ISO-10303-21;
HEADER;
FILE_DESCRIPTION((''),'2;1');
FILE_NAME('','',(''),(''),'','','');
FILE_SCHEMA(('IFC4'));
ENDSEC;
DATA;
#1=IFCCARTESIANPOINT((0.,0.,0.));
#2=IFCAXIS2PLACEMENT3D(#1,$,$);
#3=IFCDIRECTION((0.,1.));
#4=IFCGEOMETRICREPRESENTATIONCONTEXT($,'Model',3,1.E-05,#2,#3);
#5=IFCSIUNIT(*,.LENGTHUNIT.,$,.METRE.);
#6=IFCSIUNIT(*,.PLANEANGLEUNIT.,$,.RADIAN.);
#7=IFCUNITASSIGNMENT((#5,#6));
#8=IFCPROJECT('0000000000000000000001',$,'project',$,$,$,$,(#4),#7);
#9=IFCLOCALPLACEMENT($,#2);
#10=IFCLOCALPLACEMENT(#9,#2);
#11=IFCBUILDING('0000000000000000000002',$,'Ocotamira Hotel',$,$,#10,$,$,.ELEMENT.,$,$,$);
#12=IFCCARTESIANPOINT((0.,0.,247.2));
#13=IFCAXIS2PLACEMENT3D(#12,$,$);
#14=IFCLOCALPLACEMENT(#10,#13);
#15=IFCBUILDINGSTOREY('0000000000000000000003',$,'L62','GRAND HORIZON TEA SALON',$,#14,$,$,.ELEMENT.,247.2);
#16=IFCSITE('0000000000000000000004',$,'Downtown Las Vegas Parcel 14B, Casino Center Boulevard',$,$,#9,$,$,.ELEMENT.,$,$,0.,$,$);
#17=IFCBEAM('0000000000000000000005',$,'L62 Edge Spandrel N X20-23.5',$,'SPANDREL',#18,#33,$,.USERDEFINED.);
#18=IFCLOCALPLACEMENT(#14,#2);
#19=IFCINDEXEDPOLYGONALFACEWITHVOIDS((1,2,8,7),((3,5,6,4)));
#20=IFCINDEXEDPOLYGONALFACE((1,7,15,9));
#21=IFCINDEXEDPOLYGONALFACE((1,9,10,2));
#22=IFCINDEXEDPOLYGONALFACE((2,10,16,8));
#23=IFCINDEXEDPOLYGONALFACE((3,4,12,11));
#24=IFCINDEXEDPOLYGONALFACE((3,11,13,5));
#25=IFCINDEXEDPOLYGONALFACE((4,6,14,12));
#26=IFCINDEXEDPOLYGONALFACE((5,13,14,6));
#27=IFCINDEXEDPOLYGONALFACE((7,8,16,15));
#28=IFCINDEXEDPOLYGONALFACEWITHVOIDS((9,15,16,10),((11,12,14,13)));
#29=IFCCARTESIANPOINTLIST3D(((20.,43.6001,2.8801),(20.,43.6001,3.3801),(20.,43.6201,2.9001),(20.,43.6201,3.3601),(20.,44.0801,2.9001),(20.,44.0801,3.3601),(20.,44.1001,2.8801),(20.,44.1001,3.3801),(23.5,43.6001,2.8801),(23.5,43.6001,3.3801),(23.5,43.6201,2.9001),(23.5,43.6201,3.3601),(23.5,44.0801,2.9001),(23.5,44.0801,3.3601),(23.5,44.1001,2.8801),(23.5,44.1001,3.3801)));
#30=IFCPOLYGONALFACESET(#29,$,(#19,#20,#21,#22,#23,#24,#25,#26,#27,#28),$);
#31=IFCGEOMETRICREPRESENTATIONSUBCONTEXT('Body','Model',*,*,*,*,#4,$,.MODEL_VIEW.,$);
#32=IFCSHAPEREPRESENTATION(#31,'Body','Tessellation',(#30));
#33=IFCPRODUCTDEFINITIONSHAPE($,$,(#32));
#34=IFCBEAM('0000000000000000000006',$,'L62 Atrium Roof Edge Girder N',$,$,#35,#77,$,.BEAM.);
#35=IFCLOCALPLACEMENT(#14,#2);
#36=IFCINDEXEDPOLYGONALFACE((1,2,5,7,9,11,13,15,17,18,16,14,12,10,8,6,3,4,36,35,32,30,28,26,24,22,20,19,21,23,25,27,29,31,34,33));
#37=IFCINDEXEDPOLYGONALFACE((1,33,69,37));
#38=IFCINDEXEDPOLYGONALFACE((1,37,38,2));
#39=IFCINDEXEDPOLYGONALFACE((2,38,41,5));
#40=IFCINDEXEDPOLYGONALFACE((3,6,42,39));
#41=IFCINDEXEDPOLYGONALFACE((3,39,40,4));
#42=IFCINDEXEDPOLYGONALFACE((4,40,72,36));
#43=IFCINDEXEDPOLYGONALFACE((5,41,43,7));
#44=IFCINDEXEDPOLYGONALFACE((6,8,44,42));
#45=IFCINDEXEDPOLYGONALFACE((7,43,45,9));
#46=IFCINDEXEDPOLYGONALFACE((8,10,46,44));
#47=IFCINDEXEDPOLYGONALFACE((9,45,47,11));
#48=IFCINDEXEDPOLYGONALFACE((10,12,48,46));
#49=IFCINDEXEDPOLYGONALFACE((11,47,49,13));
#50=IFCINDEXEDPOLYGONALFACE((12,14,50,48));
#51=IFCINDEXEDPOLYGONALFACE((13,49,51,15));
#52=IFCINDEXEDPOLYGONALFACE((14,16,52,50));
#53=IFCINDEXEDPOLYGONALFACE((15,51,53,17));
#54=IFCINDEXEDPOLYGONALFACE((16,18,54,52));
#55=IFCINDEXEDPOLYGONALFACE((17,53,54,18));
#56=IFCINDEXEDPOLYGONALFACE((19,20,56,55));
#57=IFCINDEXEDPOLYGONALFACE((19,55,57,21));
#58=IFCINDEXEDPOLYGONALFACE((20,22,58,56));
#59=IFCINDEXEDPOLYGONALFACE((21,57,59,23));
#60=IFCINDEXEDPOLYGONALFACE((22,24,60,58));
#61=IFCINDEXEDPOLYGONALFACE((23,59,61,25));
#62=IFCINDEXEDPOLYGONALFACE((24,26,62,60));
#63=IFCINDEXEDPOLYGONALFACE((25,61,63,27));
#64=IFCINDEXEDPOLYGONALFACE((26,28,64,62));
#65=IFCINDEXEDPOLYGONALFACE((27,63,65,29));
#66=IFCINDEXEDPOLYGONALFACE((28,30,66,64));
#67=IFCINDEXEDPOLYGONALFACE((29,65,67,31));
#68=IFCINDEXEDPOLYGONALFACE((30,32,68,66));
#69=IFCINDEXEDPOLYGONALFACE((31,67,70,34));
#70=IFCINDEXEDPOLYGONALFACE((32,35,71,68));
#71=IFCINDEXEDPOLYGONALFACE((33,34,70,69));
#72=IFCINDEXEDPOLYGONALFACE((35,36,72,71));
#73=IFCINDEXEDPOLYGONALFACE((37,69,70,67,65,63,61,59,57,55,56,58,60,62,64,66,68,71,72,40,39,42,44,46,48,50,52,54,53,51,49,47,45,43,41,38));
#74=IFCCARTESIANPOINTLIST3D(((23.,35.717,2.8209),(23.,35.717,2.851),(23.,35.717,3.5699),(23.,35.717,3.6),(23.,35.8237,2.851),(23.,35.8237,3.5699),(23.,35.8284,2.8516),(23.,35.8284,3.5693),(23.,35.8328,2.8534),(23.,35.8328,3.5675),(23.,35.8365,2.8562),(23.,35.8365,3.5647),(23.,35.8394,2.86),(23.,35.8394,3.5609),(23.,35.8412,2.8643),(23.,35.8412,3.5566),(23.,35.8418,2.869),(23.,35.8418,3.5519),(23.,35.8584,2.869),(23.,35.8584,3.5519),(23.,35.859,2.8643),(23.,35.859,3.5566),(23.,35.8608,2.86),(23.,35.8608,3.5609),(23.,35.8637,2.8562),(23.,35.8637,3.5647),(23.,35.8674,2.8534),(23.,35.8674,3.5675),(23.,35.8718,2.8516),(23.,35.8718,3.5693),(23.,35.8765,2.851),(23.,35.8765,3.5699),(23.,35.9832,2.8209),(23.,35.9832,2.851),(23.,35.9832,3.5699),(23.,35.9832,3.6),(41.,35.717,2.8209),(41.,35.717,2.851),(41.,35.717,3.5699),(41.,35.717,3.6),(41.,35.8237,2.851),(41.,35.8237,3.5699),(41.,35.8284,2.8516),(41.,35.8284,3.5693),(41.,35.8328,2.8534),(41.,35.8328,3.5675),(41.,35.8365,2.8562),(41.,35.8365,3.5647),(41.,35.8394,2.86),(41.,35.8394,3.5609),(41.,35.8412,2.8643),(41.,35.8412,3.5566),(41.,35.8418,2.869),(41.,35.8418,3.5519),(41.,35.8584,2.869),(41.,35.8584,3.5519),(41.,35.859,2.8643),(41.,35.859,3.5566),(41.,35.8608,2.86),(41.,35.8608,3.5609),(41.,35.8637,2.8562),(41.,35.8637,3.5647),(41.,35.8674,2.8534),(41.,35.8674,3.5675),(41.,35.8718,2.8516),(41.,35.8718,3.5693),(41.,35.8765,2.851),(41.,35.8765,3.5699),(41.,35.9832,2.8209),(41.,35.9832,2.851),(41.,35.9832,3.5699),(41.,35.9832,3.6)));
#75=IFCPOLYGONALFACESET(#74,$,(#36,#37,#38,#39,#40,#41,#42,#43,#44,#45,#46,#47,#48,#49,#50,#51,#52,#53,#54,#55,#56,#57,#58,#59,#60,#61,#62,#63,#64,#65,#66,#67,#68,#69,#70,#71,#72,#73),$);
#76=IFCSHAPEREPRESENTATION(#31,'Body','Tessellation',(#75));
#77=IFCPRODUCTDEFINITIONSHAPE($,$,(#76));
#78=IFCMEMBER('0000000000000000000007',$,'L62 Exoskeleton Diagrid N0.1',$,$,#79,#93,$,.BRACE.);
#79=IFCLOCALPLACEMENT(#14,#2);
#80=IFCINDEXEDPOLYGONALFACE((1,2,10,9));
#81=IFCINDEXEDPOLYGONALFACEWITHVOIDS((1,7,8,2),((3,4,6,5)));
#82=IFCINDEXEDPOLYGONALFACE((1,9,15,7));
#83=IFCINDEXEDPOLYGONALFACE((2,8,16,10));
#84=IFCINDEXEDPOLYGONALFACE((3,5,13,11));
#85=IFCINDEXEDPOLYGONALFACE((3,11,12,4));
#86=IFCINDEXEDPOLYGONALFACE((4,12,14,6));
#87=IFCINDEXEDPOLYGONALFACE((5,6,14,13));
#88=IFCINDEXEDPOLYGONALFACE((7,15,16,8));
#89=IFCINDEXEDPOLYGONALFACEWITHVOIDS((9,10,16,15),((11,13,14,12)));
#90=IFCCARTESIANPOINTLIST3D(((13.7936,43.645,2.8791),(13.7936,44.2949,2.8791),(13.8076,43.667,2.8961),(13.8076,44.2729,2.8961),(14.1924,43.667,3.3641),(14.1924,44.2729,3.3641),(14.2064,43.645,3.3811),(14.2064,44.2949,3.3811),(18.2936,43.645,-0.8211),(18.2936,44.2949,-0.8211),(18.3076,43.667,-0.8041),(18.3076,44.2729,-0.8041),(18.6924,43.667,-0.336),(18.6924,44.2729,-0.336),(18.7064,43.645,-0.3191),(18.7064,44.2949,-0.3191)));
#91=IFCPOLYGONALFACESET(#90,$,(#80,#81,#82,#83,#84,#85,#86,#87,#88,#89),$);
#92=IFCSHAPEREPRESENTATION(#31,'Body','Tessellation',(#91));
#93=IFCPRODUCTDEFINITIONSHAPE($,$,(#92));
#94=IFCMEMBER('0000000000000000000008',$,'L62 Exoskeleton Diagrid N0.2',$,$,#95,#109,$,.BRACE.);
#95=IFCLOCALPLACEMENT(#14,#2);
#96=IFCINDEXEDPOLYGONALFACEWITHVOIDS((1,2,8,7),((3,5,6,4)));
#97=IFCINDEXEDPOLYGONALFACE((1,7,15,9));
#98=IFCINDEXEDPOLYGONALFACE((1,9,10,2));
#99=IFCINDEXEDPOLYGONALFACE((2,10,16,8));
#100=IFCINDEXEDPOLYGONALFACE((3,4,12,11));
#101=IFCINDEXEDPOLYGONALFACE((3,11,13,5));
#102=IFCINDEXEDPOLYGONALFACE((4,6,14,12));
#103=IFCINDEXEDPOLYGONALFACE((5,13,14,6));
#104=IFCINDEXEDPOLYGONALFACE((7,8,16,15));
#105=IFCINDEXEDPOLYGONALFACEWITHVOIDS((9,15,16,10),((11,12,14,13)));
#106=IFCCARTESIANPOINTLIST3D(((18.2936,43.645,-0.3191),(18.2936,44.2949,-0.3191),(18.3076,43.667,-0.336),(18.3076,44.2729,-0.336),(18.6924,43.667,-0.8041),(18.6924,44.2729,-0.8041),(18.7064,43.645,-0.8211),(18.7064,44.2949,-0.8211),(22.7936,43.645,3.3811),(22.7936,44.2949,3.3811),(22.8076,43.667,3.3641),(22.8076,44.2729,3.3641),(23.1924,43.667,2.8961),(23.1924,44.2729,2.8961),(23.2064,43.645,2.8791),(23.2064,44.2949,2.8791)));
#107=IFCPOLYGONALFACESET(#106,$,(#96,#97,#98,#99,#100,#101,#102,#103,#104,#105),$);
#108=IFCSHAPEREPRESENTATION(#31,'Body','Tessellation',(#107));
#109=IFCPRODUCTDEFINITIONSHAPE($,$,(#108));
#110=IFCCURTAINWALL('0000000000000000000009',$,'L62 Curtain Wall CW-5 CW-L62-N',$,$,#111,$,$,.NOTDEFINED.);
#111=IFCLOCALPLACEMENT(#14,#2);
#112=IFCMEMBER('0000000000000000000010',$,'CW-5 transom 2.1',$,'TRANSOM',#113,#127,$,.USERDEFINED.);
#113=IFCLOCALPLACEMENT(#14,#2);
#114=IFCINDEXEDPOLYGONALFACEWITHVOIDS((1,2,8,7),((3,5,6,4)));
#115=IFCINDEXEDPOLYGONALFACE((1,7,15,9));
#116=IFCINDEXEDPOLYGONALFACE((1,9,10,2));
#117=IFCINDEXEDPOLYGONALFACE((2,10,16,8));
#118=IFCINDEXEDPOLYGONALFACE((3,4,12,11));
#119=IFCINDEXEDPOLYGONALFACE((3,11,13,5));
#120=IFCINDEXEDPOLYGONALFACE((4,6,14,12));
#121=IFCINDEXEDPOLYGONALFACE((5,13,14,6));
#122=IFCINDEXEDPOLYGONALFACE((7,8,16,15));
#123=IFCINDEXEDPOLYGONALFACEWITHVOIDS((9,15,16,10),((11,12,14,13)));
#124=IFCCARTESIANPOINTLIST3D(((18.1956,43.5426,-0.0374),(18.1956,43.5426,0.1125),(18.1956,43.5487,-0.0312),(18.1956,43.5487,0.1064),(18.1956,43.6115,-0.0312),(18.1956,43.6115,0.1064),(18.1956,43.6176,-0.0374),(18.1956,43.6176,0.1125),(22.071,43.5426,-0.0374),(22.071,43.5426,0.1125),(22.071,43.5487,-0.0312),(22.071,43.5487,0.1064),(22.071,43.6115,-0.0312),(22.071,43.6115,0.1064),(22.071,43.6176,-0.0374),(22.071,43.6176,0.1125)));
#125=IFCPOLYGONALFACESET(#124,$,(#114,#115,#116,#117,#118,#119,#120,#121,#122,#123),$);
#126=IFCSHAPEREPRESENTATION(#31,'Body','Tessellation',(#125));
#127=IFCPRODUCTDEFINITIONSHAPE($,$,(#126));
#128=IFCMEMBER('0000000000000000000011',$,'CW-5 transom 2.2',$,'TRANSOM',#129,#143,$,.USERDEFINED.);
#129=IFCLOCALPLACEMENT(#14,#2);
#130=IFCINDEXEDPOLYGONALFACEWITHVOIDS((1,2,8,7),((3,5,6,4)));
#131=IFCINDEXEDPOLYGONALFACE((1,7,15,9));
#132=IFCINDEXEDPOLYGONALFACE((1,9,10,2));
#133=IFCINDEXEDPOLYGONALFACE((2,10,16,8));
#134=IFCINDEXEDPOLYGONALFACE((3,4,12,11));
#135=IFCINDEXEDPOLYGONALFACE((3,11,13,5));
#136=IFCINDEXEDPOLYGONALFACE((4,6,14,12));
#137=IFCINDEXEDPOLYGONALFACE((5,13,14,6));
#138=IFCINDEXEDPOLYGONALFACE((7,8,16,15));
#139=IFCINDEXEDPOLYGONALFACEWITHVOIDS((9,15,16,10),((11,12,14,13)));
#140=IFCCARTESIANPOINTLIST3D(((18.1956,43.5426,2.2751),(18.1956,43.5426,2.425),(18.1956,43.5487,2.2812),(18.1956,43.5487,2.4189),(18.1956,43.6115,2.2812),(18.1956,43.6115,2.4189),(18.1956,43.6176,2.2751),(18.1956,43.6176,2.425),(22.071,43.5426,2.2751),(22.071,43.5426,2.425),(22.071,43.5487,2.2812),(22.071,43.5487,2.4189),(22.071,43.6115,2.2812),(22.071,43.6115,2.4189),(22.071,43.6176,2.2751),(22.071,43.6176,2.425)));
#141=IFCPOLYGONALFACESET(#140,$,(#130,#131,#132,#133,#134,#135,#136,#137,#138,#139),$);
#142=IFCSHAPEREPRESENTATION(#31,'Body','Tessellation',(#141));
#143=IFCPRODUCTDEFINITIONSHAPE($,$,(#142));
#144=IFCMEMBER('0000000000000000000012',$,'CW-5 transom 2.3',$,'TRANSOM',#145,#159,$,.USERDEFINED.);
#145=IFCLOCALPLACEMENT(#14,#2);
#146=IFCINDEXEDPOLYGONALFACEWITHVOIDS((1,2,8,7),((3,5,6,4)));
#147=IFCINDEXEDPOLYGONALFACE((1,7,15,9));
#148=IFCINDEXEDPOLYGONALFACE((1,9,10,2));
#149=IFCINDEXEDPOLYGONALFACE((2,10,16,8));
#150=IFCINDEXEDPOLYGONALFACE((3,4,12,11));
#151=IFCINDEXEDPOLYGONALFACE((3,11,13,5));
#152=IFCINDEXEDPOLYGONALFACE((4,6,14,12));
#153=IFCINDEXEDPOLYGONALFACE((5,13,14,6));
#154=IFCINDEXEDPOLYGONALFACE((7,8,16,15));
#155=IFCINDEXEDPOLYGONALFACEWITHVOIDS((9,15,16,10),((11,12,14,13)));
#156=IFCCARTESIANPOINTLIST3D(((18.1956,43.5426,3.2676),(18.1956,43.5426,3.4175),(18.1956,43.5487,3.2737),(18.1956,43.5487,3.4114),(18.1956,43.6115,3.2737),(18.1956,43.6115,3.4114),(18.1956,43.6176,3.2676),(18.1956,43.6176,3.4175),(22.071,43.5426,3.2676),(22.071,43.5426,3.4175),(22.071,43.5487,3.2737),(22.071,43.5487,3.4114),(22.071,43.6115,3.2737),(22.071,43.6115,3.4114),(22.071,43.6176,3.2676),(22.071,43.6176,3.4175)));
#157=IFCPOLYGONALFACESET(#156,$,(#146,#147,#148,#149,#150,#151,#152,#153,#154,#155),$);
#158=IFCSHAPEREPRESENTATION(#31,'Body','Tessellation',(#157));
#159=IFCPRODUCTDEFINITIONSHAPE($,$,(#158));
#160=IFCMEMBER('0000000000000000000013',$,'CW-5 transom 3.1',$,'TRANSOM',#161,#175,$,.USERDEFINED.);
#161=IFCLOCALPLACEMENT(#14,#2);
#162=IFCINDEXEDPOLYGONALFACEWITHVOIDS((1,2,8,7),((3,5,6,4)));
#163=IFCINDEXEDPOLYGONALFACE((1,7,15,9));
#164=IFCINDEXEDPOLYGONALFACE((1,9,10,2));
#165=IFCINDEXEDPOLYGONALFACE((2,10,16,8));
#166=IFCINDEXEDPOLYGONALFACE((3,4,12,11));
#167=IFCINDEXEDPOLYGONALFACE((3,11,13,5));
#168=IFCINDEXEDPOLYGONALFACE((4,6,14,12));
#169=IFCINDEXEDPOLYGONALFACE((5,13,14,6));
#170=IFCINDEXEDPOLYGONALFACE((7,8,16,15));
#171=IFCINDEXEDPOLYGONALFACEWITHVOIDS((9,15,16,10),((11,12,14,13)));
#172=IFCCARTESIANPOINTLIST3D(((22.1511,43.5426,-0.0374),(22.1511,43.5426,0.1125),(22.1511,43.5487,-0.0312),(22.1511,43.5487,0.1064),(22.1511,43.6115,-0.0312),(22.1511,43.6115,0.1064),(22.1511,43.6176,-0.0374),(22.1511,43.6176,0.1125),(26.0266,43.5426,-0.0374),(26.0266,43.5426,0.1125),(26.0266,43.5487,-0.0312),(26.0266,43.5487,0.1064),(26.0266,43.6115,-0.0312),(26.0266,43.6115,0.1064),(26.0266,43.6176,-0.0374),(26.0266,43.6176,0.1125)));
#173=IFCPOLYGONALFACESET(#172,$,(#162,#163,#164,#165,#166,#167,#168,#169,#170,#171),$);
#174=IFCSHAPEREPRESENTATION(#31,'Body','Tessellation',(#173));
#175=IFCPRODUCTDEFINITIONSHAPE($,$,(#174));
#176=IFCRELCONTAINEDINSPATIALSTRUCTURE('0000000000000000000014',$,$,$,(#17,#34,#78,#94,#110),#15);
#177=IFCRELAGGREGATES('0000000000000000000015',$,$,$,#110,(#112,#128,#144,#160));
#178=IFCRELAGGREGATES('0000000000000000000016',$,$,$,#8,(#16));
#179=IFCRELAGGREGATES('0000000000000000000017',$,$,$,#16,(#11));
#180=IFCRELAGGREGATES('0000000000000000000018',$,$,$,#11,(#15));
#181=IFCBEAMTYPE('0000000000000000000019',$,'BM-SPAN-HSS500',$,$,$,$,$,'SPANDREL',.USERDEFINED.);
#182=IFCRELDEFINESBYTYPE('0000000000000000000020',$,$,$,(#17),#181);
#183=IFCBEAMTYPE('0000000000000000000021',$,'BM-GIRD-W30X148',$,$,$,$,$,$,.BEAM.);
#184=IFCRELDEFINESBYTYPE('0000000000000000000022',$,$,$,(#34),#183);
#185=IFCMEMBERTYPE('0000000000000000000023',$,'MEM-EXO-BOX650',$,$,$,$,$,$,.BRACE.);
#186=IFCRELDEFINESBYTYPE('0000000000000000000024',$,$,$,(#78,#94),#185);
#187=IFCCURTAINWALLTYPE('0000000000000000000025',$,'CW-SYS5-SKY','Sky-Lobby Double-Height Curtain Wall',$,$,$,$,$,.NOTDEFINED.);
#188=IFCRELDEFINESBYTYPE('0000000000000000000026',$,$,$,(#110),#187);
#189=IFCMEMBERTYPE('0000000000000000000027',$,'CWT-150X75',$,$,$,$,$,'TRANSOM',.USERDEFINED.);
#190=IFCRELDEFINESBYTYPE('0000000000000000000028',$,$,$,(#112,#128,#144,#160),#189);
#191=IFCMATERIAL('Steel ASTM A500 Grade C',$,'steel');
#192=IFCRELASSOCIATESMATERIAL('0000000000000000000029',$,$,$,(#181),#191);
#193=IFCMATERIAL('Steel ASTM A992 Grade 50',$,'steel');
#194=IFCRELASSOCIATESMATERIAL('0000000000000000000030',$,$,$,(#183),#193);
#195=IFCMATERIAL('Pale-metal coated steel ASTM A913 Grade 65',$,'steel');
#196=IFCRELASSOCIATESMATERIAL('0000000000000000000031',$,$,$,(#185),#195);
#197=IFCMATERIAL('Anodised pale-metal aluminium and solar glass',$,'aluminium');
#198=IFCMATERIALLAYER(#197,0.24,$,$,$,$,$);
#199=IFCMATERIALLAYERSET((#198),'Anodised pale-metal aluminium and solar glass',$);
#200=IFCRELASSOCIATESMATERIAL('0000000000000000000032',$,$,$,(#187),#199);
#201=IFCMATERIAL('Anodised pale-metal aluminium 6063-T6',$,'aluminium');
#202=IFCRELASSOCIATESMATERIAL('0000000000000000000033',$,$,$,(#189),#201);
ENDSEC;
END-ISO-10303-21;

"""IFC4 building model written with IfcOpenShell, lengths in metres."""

from ifc_helpers import new_model, si_unit, direction, frame, origin, origin_2d, place, context, subcontext, project, spatial, hollow_rectangle, i_section, extrude, source, transform, mapped, material, layer, layer_set, material_profile, profile_set, type_object, element, aggregate, save


model = new_model("IFC4")

# Units and contexts
model_context = context("Model", 3, precision=1e-05, world=origin(), true_north=direction((0.0, 1.0)))
body_context = subcontext(model_context, "Body", "Model", "MODEL_VIEW")
ifc_project = project(units=[si_unit("LENGTHUNIT", "METRE"), si_unit("PLANEANGLEUNIT", "RADIAN")], contexts=[model_context])

# Site, building, storey
site_placement = place(None, origin())
site = spatial("IfcSite", under=ifc_project, at=site_placement, Name="Downtown Las Vegas Parcel 14B, Casino Center Boulevard", CompositionType="ELEMENT", RefElevation=0.0)
building_placement = place(site_placement, origin())
building = spatial("IfcBuilding", under=site, at=building_placement, Name="Ocotamira Hotel", CompositionType="ELEMENT")
storey_placement = place(building_placement, frame((0.0, 0.0, 247.2)))
storey = spatial("IfcBuildingStorey", under=building, at=storey_placement, Name="L62", Description="GRAND HORIZON TEA SALON", CompositionType="ELEMENT", Elevation=247.2)

# Shared definitions
ifc_material_1 = material(Name="Steel ASTM A992 Grade 50", Category="steel")

# Beams
ifc_material_2 = material(Name="Steel ASTM A500 Grade C", Category="steel")
ifc_material_profile_1 = material_profile(ifc_material_2, hollow_rectangle(XDim=0.5, YDim=0.5, WallThickness=0.02, at=origin_2d()), Name="HSS500X500X20")
ifc_profile_set_1 = profile_set([ifc_material_profile_1], Name="Steel ASTM A500 Grade C")
beam_type_1 = type_object("IfcBeamType", Name="BM-SPAN-HSS500", ElementType="SPANDREL", PredefinedType="USERDEFINED", material=ifc_profile_set_1)
shared_shape_1 = source(origin(), body_context, "Body", "SweptSolid", [
    extrude(hollow_rectangle(XDim=0.5, YDim=0.5, WallThickness=0.02, at=origin_2d()), origin(), (0.0, 0.0, 1.0), 3.5),
])
beam_1_placement = place(storey_placement, frame((20.0, 43.8501, 3.1301), z_axis=(1.0, 0.0, 0.0), x_axis=(0.0, 1.0, 0.0)))
element("IfcBeam", 1, at=beam_1_placement, inside=storey, type_object=beam_type_1, Name="L62 Edge Spandrel N X20-23.5", ObjectType="SPANDREL", PredefinedType="USERDEFINED", context=body_context, shape_type="MappedRepresentation", body=[
    mapped(shared_shape_1, transform((0.0, 0.0, 0.0), scale=1.0)),
])
ifc_material_profile_2 = material_profile(ifc_material_1, i_section(OverallWidth=0.2661, OverallDepth=0.7791, WebThickness=0.0166, FlangeThickness=0.03, FilletRadius=0.0181, at=origin_2d()), Name="W30X148")
ifc_profile_set_2 = profile_set([ifc_material_profile_2], Name="Steel ASTM A992 Grade 50")
beam_type_2 = type_object("IfcBeamType", Name="BM-GIRD-W30X148", PredefinedType="BEAM", material=ifc_profile_set_2)
shared_shape_2 = source(origin(), body_context, "Body", "SweptSolid", [
    extrude(i_section(OverallWidth=0.2661, OverallDepth=0.7791, WebThickness=0.0166, FlangeThickness=0.03, FilletRadius=0.0181, at=origin_2d()), origin(), (0.0, 0.0, 1.0), 18.0),
])
beam_2_placement = place(storey_placement, frame((23.0, 35.8501, 3.2104), z_axis=(1.0, 0.0, 0.0), x_axis=(0.0, 1.0, 0.0)))
element("IfcBeam", 2, at=beam_2_placement, inside=storey, type_object=beam_type_2, Name="L62 Atrium Roof Edge Girder N", PredefinedType="BEAM", context=body_context, shape_type="MappedRepresentation", body=[
    mapped(shared_shape_2, transform((0.0, 0.0, 0.0), scale=1.0)),
])

# Members
ifc_material_3 = material(Name="Pale-metal coated steel ASTM A913 Grade 65", Category="steel")
ifc_material_profile_3 = material_profile(ifc_material_3, hollow_rectangle(XDim=0.6499, YDim=0.6499, WallThickness=0.022, at=origin_2d()), Name="BOX650X650X22")
ifc_profile_set_3 = profile_set([ifc_material_profile_3], Name="Pale-metal coated steel ASTM A913 Grade 65")
member_type_1 = type_object("IfcMemberType", Name="MEM-EXO-BOX650", PredefinedType="BRACE", material=ifc_profile_set_3)
shared_shape_3 = source(origin(), body_context, "Body", "SweptSolid", [
    extrude(hollow_rectangle(XDim=0.6499, YDim=0.6499, WallThickness=0.022, at=origin_2d()), origin(), (0.0, 0.0, 1.0), 5.8259),
])
for number, where, z_axis, x_axis, name in (
    (3, (18.5, 43.97, -0.5701), (-0.772409, 0.0, 0.635125), (0.0, -1.0, 0.0), "L62 Exoskeleton Diagrid N0.1"),
    (4, (18.5, 43.97, -0.5701), (0.772409, 0.0, 0.635125), (0.0, 1.0, 0.0), "L62 Exoskeleton Diagrid N0.2"),
):
    element("IfcMember", number, at=place(storey_placement, frame(where, z_axis=z_axis, x_axis=x_axis)), inside=storey, type_object=member_type_1, Name=name, PredefinedType="BRACE", context=body_context, shape_type="MappedRepresentation", body=[
        mapped(shared_shape_3, transform((0.0, 0.0, 0.0), scale=1.0)),
    ])

# Curtain wall, members
ifc_material_4 = material(Name="Anodised pale-metal aluminium and solar glass", Category="aluminium")
ifc_layer_1 = layer(ifc_material_4, 0.24)
ifc_layer_set_1 = layer_set([ifc_layer_1], Name="Anodised pale-metal aluminium and solar glass")
curtain_wall_type = type_object("IfcCurtainWallType", Name="CW-SYS5-SKY", Description="Sky-Lobby Double-Height Curtain Wall", PredefinedType="NOTDEFINED", material=ifc_layer_set_1)
curtain_wall_placement = place(storey_placement, origin())
curtain_wall = element("IfcCurtainWall", 5, at=curtain_wall_placement, inside=storey, type_object=curtain_wall_type, Name="L62 Curtain Wall CW-5 CW-L62-N", PredefinedType="NOTDEFINED")
ifc_material_5 = material(Name="Anodised pale-metal aluminium 6063-T6", Category="aluminium")
ifc_material_profile_4 = material_profile(ifc_material_5, hollow_rectangle(XDim=0.075, YDim=0.1499, WallThickness=0.0061, at=origin_2d()), Name="HSS150X75X6")
ifc_profile_set_4 = profile_set([ifc_material_profile_4], Name="Anodised pale-metal aluminium 6063-T6")
member_type_2 = type_object("IfcMemberType", Name="CWT-150X75", ElementType="TRANSOM", PredefinedType="USERDEFINED", material=ifc_profile_set_4)
shared_shape_4 = source(origin(), body_context, "Body", "SweptSolid", [
    extrude(hollow_rectangle(XDim=0.075, YDim=0.1499, WallThickness=0.0061, at=origin_2d()), origin(), (0.0, 0.0, 1.0), 3.8755),
])
member_1_placement = place(storey_placement, frame((18.1956, 43.5801, 0.0376), z_axis=(1.0, 0.0, 0.0), x_axis=(0.0, 1.0, 0.0)))
member_1 = element("IfcMember", 6, at=member_1_placement, type_object=member_type_2, Name="CW-5 transom 2.1", ObjectType="TRANSOM", PredefinedType="USERDEFINED", context=body_context, shape_type="MappedRepresentation", body=[
    mapped(shared_shape_4, transform((0.0, 0.0, 0.0), scale=1.0)),
])
member_2_placement = place(storey_placement, frame((18.1956, 43.5801, 2.3501), z_axis=(1.0, 0.0, 0.0), x_axis=(0.0, 1.0, 0.0)))
member_2 = element("IfcMember", 7, at=member_2_placement, type_object=member_type_2, Name="CW-5 transom 2.2", ObjectType="TRANSOM", PredefinedType="USERDEFINED", context=body_context, shape_type="MappedRepresentation", body=[
    mapped(shared_shape_4, transform((0.0, 0.0, 0.0), scale=1.0)),
])
member_3_placement = place(storey_placement, frame((18.1956, 43.5801, 3.3425), z_axis=(1.0, 0.0, 0.0), x_axis=(0.0, 1.0, 0.0)))
member_3 = element("IfcMember", 8, at=member_3_placement, type_object=member_type_2, Name="CW-5 transom 2.3", ObjectType="TRANSOM", PredefinedType="USERDEFINED", context=body_context, shape_type="MappedRepresentation", body=[
    mapped(shared_shape_4, transform((0.0, 0.0, 0.0), scale=1.0)),
])
member_4_placement = place(storey_placement, frame((22.1511, 43.5801, 0.0376), z_axis=(1.0, 0.0, 0.0), x_axis=(0.0, 1.0, 0.0)))
member_4 = element("IfcMember", 9, at=member_4_placement, type_object=member_type_2, Name="CW-5 transom 3.1", ObjectType="TRANSOM", PredefinedType="USERDEFINED", context=body_context, shape_type="MappedRepresentation", body=[
    mapped(shared_shape_4, transform((0.0, 0.0, 0.0), scale=1.0)),
])

aggregate(curtain_wall, [member_1, member_2, member_3, member_4])

save(model, "model.ifc")
